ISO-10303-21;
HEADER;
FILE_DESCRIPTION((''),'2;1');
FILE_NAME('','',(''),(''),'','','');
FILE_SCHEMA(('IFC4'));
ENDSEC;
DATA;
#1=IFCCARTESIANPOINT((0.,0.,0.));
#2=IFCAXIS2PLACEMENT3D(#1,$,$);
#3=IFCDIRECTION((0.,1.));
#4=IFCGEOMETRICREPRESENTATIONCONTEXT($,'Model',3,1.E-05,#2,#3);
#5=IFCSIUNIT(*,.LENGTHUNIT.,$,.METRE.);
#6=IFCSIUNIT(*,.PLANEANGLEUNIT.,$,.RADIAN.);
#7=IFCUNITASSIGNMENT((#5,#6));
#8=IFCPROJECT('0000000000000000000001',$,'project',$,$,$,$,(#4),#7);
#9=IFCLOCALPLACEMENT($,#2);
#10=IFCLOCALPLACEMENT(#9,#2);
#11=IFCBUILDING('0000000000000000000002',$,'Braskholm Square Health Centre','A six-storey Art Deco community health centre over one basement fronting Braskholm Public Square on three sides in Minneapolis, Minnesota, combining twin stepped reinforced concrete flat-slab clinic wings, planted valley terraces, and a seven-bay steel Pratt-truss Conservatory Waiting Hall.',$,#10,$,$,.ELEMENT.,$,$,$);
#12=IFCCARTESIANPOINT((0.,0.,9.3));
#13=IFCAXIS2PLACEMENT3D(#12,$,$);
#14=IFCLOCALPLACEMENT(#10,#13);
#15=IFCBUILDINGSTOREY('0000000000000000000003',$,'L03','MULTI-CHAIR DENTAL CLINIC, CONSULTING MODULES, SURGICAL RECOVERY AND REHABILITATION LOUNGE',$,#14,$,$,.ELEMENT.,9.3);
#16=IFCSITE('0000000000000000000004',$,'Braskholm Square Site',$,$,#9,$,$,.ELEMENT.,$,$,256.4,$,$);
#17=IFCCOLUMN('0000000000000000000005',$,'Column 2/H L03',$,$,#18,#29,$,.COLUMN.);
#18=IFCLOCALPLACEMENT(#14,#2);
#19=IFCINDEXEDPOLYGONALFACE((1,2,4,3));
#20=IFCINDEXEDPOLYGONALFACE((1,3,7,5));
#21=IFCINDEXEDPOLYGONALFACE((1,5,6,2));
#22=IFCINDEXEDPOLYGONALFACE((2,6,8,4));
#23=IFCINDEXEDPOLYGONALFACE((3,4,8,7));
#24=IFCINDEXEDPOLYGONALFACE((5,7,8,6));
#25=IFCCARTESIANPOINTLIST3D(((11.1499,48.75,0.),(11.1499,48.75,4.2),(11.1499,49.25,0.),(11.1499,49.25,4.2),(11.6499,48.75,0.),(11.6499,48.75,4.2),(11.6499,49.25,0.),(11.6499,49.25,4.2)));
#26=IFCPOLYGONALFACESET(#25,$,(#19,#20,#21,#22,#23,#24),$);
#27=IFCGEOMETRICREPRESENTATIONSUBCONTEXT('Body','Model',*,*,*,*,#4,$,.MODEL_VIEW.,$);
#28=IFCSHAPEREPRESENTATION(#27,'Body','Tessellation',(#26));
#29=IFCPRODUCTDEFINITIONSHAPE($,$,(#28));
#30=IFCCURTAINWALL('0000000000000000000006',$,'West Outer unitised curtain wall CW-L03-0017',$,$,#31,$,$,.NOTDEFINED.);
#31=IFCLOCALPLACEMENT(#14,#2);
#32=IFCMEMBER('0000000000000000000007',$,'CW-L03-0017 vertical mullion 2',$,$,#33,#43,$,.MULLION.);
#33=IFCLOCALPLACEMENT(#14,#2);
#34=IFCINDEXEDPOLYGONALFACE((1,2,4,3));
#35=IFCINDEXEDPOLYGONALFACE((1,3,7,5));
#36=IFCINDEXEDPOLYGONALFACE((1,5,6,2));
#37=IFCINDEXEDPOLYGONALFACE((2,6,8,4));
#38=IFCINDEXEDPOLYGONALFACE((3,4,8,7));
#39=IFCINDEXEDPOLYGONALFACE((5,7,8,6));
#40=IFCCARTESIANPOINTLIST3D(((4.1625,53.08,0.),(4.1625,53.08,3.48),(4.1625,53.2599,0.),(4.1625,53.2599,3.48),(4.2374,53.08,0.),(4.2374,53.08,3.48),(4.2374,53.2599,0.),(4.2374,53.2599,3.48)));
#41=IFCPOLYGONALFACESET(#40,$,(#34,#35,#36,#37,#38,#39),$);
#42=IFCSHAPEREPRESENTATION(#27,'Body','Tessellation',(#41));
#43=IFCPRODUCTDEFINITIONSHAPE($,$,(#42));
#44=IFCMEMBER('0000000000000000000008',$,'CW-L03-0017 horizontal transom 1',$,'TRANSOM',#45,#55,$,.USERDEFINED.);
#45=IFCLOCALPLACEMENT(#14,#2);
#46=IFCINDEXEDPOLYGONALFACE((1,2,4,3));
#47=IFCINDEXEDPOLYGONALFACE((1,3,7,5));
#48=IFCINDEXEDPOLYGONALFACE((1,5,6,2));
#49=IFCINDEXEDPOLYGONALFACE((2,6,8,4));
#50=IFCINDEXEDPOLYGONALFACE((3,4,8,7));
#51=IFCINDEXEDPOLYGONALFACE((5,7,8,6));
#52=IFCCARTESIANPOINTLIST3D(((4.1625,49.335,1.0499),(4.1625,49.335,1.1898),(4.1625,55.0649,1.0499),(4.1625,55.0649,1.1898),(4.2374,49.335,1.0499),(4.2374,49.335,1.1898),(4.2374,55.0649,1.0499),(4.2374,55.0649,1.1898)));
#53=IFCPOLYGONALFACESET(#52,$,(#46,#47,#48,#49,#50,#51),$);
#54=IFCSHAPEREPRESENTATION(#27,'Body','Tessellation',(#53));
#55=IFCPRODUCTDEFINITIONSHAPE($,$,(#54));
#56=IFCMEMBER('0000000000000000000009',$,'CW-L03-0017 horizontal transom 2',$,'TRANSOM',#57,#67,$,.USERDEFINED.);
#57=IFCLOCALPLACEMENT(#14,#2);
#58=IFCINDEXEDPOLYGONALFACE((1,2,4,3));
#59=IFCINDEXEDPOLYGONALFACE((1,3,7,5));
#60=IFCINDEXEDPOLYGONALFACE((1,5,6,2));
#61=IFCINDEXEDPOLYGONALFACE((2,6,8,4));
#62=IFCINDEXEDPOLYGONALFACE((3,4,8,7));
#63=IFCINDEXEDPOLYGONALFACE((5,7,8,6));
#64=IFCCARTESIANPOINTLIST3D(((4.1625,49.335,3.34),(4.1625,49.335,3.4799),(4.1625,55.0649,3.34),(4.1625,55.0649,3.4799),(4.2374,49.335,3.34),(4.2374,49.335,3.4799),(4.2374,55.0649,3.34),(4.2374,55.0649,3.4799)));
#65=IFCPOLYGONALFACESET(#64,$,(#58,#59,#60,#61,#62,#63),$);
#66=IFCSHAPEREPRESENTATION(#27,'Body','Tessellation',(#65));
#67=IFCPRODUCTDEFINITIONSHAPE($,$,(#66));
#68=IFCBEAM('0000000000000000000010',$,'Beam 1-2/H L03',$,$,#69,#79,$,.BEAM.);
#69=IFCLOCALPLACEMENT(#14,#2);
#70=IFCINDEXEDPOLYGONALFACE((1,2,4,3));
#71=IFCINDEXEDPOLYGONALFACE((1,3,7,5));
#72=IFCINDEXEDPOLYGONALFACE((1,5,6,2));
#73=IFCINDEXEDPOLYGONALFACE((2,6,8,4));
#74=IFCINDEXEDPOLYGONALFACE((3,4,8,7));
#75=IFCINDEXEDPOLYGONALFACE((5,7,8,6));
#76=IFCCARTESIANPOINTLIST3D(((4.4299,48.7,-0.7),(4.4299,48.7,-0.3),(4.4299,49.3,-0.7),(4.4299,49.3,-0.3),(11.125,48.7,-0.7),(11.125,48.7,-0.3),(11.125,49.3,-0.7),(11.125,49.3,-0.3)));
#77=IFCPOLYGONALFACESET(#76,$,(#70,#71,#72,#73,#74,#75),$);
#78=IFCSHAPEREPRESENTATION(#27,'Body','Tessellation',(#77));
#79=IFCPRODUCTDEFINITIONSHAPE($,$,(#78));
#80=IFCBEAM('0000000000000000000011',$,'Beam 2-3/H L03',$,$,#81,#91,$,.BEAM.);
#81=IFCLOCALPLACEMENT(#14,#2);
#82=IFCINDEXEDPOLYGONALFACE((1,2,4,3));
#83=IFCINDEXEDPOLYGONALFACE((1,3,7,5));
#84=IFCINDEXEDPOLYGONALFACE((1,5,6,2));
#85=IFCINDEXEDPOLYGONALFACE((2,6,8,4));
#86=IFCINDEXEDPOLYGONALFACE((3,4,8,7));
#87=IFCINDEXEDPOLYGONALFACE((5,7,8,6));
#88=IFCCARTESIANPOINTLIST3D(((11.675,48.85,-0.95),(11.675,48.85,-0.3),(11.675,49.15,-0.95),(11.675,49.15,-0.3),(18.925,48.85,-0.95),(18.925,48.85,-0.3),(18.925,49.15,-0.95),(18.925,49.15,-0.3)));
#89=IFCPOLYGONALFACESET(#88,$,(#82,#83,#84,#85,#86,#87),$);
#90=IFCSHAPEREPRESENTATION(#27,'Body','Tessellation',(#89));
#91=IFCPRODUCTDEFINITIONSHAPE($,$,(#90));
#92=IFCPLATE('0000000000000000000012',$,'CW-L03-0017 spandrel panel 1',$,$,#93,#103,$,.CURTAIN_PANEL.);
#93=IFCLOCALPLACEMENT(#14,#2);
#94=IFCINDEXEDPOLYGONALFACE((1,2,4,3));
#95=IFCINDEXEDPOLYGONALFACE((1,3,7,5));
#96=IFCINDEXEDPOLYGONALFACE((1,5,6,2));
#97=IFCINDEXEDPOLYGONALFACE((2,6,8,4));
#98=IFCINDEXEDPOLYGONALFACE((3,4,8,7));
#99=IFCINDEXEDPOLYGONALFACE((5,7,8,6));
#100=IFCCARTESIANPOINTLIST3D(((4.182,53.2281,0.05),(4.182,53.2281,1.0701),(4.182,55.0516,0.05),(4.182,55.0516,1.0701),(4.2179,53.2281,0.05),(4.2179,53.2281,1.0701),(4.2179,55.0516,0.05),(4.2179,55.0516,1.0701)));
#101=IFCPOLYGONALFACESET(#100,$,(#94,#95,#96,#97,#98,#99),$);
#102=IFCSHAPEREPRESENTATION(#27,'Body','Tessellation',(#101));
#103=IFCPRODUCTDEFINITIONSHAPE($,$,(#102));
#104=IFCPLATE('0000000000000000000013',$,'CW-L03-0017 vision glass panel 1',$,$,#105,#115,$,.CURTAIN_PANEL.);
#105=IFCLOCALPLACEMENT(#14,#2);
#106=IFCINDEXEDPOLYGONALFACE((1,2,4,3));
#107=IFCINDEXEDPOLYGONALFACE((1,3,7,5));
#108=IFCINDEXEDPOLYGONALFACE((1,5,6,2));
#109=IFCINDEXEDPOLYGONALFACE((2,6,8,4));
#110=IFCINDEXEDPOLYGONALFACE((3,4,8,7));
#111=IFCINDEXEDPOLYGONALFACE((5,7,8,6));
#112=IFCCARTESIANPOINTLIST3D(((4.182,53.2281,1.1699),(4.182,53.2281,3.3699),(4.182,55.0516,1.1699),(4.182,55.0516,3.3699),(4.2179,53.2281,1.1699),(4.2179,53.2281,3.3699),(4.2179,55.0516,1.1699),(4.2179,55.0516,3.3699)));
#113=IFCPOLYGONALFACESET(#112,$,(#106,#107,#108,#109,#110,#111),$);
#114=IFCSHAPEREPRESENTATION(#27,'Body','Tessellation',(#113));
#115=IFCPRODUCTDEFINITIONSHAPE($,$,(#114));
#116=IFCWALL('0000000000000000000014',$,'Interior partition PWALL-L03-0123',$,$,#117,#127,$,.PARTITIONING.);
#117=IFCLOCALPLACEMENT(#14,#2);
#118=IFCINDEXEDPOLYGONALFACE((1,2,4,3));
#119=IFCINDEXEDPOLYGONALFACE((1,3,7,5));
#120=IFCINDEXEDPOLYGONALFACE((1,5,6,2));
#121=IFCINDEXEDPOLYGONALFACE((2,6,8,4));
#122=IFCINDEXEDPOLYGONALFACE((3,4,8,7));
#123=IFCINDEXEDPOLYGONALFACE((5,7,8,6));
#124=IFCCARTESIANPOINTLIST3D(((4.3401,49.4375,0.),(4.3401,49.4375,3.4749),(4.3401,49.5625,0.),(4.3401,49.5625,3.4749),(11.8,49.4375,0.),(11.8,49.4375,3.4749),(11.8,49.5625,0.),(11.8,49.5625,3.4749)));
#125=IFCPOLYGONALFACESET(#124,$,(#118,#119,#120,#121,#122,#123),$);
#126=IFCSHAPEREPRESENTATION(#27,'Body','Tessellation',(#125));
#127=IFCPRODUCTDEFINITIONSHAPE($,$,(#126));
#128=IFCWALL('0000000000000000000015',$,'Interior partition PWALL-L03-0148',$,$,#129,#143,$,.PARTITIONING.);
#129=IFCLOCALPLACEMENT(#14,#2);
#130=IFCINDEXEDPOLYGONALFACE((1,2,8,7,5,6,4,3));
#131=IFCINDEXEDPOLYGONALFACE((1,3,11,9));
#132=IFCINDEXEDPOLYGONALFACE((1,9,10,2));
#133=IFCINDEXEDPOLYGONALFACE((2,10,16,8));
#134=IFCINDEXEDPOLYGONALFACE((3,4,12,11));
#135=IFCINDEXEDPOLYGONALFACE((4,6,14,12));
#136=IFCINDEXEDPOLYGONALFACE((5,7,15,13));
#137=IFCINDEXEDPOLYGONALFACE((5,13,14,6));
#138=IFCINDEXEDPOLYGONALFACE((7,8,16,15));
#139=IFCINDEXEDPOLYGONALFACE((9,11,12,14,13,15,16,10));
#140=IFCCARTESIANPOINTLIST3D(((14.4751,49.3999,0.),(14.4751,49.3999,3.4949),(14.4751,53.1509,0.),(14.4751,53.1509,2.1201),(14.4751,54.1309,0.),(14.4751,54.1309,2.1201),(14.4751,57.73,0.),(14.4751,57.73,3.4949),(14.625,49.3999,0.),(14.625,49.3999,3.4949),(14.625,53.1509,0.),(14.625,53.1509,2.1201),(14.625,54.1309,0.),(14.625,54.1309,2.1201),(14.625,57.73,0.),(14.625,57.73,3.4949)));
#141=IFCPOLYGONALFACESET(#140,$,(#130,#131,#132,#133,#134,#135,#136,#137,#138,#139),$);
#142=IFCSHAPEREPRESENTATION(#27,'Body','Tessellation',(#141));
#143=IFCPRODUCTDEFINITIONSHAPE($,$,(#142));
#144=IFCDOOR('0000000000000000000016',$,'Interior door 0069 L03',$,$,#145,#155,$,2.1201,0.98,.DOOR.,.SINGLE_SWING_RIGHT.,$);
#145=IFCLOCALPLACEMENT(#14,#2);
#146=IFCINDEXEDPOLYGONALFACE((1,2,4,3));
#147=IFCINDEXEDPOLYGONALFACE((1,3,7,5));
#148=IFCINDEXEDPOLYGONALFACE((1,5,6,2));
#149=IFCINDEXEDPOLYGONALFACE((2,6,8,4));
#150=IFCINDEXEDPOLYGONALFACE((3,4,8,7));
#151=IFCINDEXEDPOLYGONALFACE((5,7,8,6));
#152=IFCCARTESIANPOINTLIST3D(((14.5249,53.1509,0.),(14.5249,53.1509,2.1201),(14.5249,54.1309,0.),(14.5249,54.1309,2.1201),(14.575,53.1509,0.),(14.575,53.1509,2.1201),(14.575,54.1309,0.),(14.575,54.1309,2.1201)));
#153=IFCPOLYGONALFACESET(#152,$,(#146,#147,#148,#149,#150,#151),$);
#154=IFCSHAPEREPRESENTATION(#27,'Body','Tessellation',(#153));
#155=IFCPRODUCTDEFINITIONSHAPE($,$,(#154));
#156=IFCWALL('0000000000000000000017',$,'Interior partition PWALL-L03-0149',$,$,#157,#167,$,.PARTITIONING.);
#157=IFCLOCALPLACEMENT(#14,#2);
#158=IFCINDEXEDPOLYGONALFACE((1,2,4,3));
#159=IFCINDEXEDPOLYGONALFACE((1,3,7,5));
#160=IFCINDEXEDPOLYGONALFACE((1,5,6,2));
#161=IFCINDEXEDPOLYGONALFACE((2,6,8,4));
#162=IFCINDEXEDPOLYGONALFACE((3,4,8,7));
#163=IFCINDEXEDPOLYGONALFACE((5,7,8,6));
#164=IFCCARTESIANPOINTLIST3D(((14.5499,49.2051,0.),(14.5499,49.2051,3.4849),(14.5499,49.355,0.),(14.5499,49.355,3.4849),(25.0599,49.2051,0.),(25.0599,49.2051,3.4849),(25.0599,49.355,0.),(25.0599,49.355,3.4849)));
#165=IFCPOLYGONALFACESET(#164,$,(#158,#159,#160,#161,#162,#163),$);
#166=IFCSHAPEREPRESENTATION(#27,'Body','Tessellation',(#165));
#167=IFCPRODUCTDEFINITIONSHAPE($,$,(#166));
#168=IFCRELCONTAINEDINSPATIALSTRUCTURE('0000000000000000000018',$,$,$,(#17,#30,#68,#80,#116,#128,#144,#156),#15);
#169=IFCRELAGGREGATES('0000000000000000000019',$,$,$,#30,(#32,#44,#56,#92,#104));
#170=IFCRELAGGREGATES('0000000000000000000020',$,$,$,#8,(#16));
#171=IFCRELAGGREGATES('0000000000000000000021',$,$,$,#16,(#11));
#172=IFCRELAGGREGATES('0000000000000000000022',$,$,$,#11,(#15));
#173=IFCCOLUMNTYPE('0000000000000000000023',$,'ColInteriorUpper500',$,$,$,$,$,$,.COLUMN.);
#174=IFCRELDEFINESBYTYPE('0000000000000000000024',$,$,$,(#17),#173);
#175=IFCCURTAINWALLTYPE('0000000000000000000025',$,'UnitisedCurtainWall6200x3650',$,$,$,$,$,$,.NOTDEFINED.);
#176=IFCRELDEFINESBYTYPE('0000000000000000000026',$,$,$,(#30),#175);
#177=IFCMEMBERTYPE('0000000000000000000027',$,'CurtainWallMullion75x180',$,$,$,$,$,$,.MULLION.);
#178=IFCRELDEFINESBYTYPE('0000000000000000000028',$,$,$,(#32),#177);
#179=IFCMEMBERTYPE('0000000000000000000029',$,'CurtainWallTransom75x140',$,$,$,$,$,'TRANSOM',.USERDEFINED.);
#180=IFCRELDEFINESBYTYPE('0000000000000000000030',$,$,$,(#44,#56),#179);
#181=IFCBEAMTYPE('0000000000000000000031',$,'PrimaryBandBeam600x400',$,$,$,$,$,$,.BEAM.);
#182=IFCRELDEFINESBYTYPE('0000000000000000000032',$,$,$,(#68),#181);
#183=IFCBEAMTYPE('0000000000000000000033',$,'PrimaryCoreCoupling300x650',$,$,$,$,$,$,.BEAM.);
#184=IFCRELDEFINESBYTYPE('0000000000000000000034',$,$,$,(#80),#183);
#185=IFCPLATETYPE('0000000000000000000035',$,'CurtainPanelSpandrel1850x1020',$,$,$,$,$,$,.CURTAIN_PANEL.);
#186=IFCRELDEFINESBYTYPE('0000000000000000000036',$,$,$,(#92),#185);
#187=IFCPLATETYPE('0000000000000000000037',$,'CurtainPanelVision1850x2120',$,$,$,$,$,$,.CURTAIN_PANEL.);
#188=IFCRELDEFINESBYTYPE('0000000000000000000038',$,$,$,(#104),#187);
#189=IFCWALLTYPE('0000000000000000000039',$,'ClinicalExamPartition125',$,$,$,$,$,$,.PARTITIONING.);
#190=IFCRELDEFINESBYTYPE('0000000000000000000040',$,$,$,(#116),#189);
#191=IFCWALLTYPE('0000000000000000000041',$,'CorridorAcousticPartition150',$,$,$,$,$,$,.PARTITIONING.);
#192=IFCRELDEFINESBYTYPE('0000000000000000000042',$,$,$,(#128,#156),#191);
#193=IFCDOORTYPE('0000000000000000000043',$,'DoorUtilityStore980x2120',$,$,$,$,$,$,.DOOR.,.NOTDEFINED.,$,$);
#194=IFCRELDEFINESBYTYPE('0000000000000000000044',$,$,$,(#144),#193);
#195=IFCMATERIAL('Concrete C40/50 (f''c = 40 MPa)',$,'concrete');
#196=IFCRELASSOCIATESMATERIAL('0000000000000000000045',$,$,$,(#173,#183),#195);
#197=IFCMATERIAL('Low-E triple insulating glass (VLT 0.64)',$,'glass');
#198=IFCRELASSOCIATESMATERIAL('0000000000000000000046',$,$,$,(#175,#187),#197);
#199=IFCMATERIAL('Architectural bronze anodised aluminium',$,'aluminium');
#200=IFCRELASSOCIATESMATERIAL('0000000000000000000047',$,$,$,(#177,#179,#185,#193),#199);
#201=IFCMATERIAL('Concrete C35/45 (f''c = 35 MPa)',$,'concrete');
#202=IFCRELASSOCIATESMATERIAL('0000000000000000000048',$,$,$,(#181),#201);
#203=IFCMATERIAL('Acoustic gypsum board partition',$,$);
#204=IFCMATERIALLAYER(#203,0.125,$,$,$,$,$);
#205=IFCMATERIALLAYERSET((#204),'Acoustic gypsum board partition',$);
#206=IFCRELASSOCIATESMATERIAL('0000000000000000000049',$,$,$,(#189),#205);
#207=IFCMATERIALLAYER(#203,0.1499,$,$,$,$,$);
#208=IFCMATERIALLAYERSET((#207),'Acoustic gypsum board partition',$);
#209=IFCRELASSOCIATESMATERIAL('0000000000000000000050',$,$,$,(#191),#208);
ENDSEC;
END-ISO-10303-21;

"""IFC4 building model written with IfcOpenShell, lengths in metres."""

from ifc_helpers import new_model, si_unit, direction, frame, frame_2d, origin, origin_2d, place, context, subcontext, project, spatial, rectangle, extrude, material, layer, layer_set, material_profile, profile_set, type_object, element, fill, aggregate, save


model = new_model("IFC4")

# Units and contexts
model_context = context("Model", 3, precision=1e-05, world=origin(), true_north=direction((0.0, 1.0)))
body_context = subcontext(model_context, "Body", "Model", "MODEL_VIEW")
ifc_project = project(units=[si_unit("LENGTHUNIT", "METRE"), si_unit("PLANEANGLEUNIT", "RADIAN")], contexts=[model_context])

# Site, building, storey
site_placement = place(None, origin())
site = spatial("IfcSite", under=ifc_project, at=site_placement, Name="Braskholm Square Site", CompositionType="ELEMENT", RefElevation=256.4)
building_placement = place(site_placement, origin())
building = spatial("IfcBuilding", under=site, at=building_placement, Name="Braskholm Square Health Centre", Description="A six-storey Art Deco community health centre over one basement fronting Braskholm Public Square on three sides in Minneapolis, Minnesota, combining twin stepped reinforced concrete flat-slab clinic wings, planted valley terraces, and a seven-bay steel Pratt-truss Conservatory Waiting Hall.", CompositionType="ELEMENT")
storey_placement = place(building_placement, frame((0.0, 0.0, 9.3)))
storey = spatial("IfcBuildingStorey", under=building, at=storey_placement, Name="L03", Description="MULTI-CHAIR DENTAL CLINIC, CONSULTING MODULES, SURGICAL RECOVERY AND REHABILITATION LOUNGE", CompositionType="ELEMENT", Elevation=9.3)

# Column
ifc_material_1 = material(Name="Concrete C40/50 (f'c = 40 MPa)", Category="concrete")
ifc_material_profile_1 = material_profile(ifc_material_1, rectangle(XDim=0.5, YDim=0.5, at=origin_2d()), Name="RC-500X500")
ifc_profile_set_1 = profile_set([ifc_material_profile_1], Name="Concrete C40/50 (f'c = 40 MPa)")
column_type = type_object("IfcColumnType", Name="ColInteriorUpper500", PredefinedType="COLUMN", material=ifc_profile_set_1)
column_placement = place(storey_placement, frame((11.3999, 49.0, 0.0), z_axis=(0.0, 0.0, 1.0), x_axis=(1.0, 0.0, 0.0)))
element("IfcColumn", 1, at=column_placement, inside=storey, type_object=column_type, Name="Column 2/H L03", PredefinedType="COLUMN", context=body_context, shape_type="SweptSolid", body=[
    extrude(rectangle(XDim=0.5, YDim=0.5, at=origin_2d()), origin(), (0.0, 0.0, 1.0), 4.2),
])

# Curtain wall, members
ifc_material_2 = material(Name="Low-E triple insulating glass (VLT 0.64)", Category="glass")
curtain_wall_type = type_object("IfcCurtainWallType", Name="UnitisedCurtainWall6200x3650", PredefinedType="NOTDEFINED", material=ifc_material_2)
curtain_wall_placement = place(storey_placement, origin())
curtain_wall = element("IfcCurtainWall", 2, at=curtain_wall_placement, inside=storey, type_object=curtain_wall_type, Name="West Outer unitised curtain wall CW-L03-0017", PredefinedType="NOTDEFINED")
ifc_material_3 = material(Name="Architectural bronze anodised aluminium", Category="aluminium")
ifc_material_profile_2 = material_profile(ifc_material_3, rectangle(XDim=0.075, YDim=0.1799, at=origin_2d()), Name="ALU-75X180")
ifc_profile_set_2 = profile_set([ifc_material_profile_2], Name="Architectural bronze anodised aluminium")
member_type_1 = type_object("IfcMemberType", Name="CurtainWallMullion75x180", PredefinedType="MULLION", material=ifc_profile_set_2)
member_1_placement = place(storey_placement, frame((4.2, 53.1699, 0.0), z_axis=(0.0, 0.0, 1.0), x_axis=(1.0, 0.0, 0.0)))
member_1 = element("IfcMember", 3, at=member_1_placement, type_object=member_type_1, Name="CW-L03-0017 vertical mullion 2", PredefinedType="MULLION", context=body_context, shape_type="SweptSolid", body=[
    extrude(rectangle(XDim=0.075, YDim=0.1799, at=origin_2d()), origin(), (0.0, 0.0, 1.0), 3.48),
])
ifc_material_profile_3 = material_profile(ifc_material_3, rectangle(XDim=0.075, YDim=0.1399, at=origin_2d()), Name="ALU-75X140")
ifc_profile_set_3 = profile_set([ifc_material_profile_3], Name="Architectural bronze anodised aluminium")
member_type_2 = type_object("IfcMemberType", Name="CurtainWallTransom75x140", ElementType="TRANSOM", PredefinedType="USERDEFINED", material=ifc_profile_set_3)
member_2_placement = place(storey_placement, frame((4.2, 55.0649, 1.1199), z_axis=(0.0, -1.0, 0.0), x_axis=(1.0, 0.0, 0.0)))
member_2 = element("IfcMember", 4, at=member_2_placement, type_object=member_type_2, Name="CW-L03-0017 horizontal transom 1", ObjectType="TRANSOM", PredefinedType="USERDEFINED", context=body_context, shape_type="SweptSolid", body=[
    extrude(rectangle(XDim=0.075, YDim=0.1399, at=origin_2d()), origin(), (0.0, 0.0, 1.0), 5.73),
])
member_3_placement = place(storey_placement, frame((4.2, 55.0649, 3.4099), z_axis=(0.0, -1.0, 0.0), x_axis=(1.0, 0.0, 0.0)))
member_3 = element("IfcMember", 5, at=member_3_placement, type_object=member_type_2, Name="CW-L03-0017 horizontal transom 2", ObjectType="TRANSOM", PredefinedType="USERDEFINED", context=body_context, shape_type="SweptSolid", body=[
    extrude(rectangle(XDim=0.075, YDim=0.1399, at=origin_2d()), origin(), (0.0, 0.0, 1.0), 5.73),
])

# Beams
ifc_material_4 = material(Name="Concrete C35/45 (f'c = 35 MPa)", Category="concrete")
ifc_material_profile_4 = material_profile(ifc_material_4, rectangle(XDim=0.6001, YDim=0.3999, at=origin_2d()), Name="RCB-600X400")
ifc_profile_set_4 = profile_set([ifc_material_profile_4], Name="Concrete C35/45 (f'c = 35 MPa)")
beam_type_1 = type_object("IfcBeamType", Name="PrimaryBandBeam600x400", PredefinedType="BEAM", material=ifc_profile_set_4)
beam_1_placement = place(storey_placement, frame((4.4299, 49.0, -0.5), z_axis=(1.0, 0.0, 0.0), x_axis=(0.0, 1.0, 0.0)))
element("IfcBeam", 6, at=beam_1_placement, inside=storey, type_object=beam_type_1, Name="Beam 1-2/H L03", PredefinedType="BEAM", context=body_context, shape_type="SweptSolid", body=[
    extrude(rectangle(XDim=0.6001, YDim=0.3999, at=origin_2d()), origin(), (0.0, 0.0, 1.0), 6.6951),
])
ifc_material_profile_5 = material_profile(ifc_material_1, rectangle(XDim=0.3, YDim=0.6499, at=origin_2d()), Name="RCB-300X650")
ifc_profile_set_5 = profile_set([ifc_material_profile_5], Name="Concrete C40/50 (f'c = 40 MPa)")
beam_type_2 = type_object("IfcBeamType", Name="PrimaryCoreCoupling300x650", PredefinedType="BEAM", material=ifc_profile_set_5)
beam_2_placement = place(storey_placement, frame((11.675, 49.0, -0.625), z_axis=(1.0, 0.0, 0.0), x_axis=(0.0, 1.0, 0.0)))
element("IfcBeam", 7, at=beam_2_placement, inside=storey, type_object=beam_type_2, Name="Beam 2-3/H L03", PredefinedType="BEAM", context=body_context, shape_type="SweptSolid", body=[
    extrude(rectangle(XDim=0.3, YDim=0.6499, at=origin_2d()), origin(), (0.0, 0.0, 1.0), 7.25),
])

# Plates
plate_type_1 = type_object("IfcPlateType", Name="CurtainPanelSpandrel1850x1020", PredefinedType="CURTAIN_PANEL", material=ifc_material_3)
plate_1_placement = place(storey_placement, frame((4.2, 54.1399, 0.05), z_axis=(0.0, 0.0, 1.0), x_axis=(0.0, -1.0, 0.0)))
plate_1 = element("IfcPlate", 8, at=plate_1_placement, type_object=plate_type_1, Name="CW-L03-0017 spandrel panel 1", PredefinedType="CURTAIN_PANEL", context=body_context, shape_type="SweptSolid", body=[
    extrude(rectangle(XDim=1.8235, YDim=0.0359, at=origin_2d()), origin(), (0.0, 0.0, 1.0), 1.02),
])
plate_type_2 = type_object("IfcPlateType", Name="CurtainPanelVision1850x2120", PredefinedType="CURTAIN_PANEL", material=ifc_material_2)
plate_2_placement = place(storey_placement, frame((4.2, 54.1399, 1.1699), z_axis=(0.0, 0.0, 1.0), x_axis=(0.0, -1.0, 0.0)))
plate_2 = element("IfcPlate", 9, at=plate_2_placement, type_object=plate_type_2, Name="CW-L03-0017 vision glass panel 1", PredefinedType="CURTAIN_PANEL", context=body_context, shape_type="SweptSolid", body=[
    extrude(rectangle(XDim=1.8235, YDim=0.0359, at=origin_2d()), origin(), (0.0, 0.0, 1.0), 2.2),
])
aggregate(curtain_wall, [member_1, member_2, member_3, plate_1, plate_2])

# Wall
ifc_material_5 = material(Name="Acoustic gypsum board partition")
ifc_layer_1 = layer(ifc_material_5, 0.125)
ifc_layer_set_1 = layer_set([ifc_layer_1], Name="Acoustic gypsum board partition")
wall_type_1 = type_object("IfcWallType", Name="ClinicalExamPartition125", PredefinedType="PARTITIONING", material=ifc_layer_set_1)
wall_1_placement = place(storey_placement, frame((4.3401, 49.5, 0.0), z_axis=(0.0, 0.0, 1.0), x_axis=(1.0, 0.0, 0.0)))
element("IfcWall", 10, at=wall_1_placement, inside=storey, type_object=wall_type_1, Name="Interior partition PWALL-L03-0123", PredefinedType="PARTITIONING", context=body_context, shape_type="SweptSolid", body=[
    extrude(rectangle(XDim=7.46, YDim=0.125, at=frame_2d((3.73, 0.0))), origin(), (0.0, 0.0, 1.0), 3.4749),
])

# Wall, opening, door
ifc_layer_2 = layer(ifc_material_5, 0.1499)
ifc_layer_set_2 = layer_set([ifc_layer_2], Name="Acoustic gypsum board partition")
wall_type_2 = type_object("IfcWallType", Name="CorridorAcousticPartition150", PredefinedType="PARTITIONING", material=ifc_layer_set_2)
wall_2_placement = place(storey_placement, frame((14.55, 49.3999, 0.0), z_axis=(0.0, 0.0, 1.0), x_axis=(0.0, 1.0, 0.0)))
wall_2 = element("IfcWall", 11, at=wall_2_placement, inside=storey, type_object=wall_type_2, Name="Interior partition PWALL-L03-0148", PredefinedType="PARTITIONING", context=body_context, shape_type="SweptSolid", body=[
    extrude(rectangle(XDim=8.3301, YDim=0.1499, at=frame_2d((4.165, 0.0))), origin(), (0.0, 0.0, 1.0), 3.4949),
])
opening_1_placement = place(wall_2_placement, frame((3.751, 0.0, 0.0)))
opening_1 = element("IfcOpeningElement", 12, at=opening_1_placement, cuts=wall_2, PredefinedType="OPENING", context=body_context, shape_type="SweptSolid", body=[
    extrude(rectangle(XDim=0.98, YDim=2.1201, at=frame_2d((0.49, 1.0601))), frame((0.0, 0.085, 0.0), z_axis=(0.0, -1.0, 0.0), x_axis=(1.0, 0.0, 0.0)), (0.0, 0.0, 1.0), 0.1699),
])
door_type_1 = type_object("IfcDoorType", Name="DoorUtilityStore980x2120", OperationType="NOTDEFINED", PredefinedType="DOOR", material=ifc_material_3)
door_1_placement = place(opening_1_placement, frame((0.98, 0.0, 0.0), z_axis=(0.0, 0.0, 1.0), x_axis=(-1.0, 0.0, 0.0)))
door_1 = element("IfcDoor", 13, at=door_1_placement, inside=storey, type_object=door_type_1, Name="Interior door 0069 L03", OperationType="SINGLE_SWING_RIGHT", OverallHeight=2.1201, OverallWidth=0.98, PredefinedType="DOOR", context=body_context, shape_type="SweptSolid", body=[
    extrude(rectangle(XDim=0.98, YDim=2.1201, at=frame_2d((0.49, 1.0601))), frame((0.0, 0.0249, 0.0), z_axis=(0.0, -1.0, 0.0), x_axis=(1.0, 0.0, 0.0)), (0.0, 0.0, 1.0), 0.05),
])
fill(opening_1, door_1)

# Wall
wall_3_placement = place(storey_placement, frame((14.55, 49.28, 0.0), z_axis=(0.0, 0.0, 1.0), x_axis=(1.0, 0.0, 0.0)))
element("IfcWall", 14, at=wall_3_placement, inside=storey, type_object=wall_type_2, Name="Interior partition PWALL-L03-0149", PredefinedType="PARTITIONING", context=body_context, shape_type="SweptSolid", body=[
    extrude(rectangle(XDim=10.51, YDim=0.1499, at=frame_2d((5.2549, 0.0))), origin(), (0.0, 0.0, 1.0), 3.4849),
])

save(model, "model.ifc")
